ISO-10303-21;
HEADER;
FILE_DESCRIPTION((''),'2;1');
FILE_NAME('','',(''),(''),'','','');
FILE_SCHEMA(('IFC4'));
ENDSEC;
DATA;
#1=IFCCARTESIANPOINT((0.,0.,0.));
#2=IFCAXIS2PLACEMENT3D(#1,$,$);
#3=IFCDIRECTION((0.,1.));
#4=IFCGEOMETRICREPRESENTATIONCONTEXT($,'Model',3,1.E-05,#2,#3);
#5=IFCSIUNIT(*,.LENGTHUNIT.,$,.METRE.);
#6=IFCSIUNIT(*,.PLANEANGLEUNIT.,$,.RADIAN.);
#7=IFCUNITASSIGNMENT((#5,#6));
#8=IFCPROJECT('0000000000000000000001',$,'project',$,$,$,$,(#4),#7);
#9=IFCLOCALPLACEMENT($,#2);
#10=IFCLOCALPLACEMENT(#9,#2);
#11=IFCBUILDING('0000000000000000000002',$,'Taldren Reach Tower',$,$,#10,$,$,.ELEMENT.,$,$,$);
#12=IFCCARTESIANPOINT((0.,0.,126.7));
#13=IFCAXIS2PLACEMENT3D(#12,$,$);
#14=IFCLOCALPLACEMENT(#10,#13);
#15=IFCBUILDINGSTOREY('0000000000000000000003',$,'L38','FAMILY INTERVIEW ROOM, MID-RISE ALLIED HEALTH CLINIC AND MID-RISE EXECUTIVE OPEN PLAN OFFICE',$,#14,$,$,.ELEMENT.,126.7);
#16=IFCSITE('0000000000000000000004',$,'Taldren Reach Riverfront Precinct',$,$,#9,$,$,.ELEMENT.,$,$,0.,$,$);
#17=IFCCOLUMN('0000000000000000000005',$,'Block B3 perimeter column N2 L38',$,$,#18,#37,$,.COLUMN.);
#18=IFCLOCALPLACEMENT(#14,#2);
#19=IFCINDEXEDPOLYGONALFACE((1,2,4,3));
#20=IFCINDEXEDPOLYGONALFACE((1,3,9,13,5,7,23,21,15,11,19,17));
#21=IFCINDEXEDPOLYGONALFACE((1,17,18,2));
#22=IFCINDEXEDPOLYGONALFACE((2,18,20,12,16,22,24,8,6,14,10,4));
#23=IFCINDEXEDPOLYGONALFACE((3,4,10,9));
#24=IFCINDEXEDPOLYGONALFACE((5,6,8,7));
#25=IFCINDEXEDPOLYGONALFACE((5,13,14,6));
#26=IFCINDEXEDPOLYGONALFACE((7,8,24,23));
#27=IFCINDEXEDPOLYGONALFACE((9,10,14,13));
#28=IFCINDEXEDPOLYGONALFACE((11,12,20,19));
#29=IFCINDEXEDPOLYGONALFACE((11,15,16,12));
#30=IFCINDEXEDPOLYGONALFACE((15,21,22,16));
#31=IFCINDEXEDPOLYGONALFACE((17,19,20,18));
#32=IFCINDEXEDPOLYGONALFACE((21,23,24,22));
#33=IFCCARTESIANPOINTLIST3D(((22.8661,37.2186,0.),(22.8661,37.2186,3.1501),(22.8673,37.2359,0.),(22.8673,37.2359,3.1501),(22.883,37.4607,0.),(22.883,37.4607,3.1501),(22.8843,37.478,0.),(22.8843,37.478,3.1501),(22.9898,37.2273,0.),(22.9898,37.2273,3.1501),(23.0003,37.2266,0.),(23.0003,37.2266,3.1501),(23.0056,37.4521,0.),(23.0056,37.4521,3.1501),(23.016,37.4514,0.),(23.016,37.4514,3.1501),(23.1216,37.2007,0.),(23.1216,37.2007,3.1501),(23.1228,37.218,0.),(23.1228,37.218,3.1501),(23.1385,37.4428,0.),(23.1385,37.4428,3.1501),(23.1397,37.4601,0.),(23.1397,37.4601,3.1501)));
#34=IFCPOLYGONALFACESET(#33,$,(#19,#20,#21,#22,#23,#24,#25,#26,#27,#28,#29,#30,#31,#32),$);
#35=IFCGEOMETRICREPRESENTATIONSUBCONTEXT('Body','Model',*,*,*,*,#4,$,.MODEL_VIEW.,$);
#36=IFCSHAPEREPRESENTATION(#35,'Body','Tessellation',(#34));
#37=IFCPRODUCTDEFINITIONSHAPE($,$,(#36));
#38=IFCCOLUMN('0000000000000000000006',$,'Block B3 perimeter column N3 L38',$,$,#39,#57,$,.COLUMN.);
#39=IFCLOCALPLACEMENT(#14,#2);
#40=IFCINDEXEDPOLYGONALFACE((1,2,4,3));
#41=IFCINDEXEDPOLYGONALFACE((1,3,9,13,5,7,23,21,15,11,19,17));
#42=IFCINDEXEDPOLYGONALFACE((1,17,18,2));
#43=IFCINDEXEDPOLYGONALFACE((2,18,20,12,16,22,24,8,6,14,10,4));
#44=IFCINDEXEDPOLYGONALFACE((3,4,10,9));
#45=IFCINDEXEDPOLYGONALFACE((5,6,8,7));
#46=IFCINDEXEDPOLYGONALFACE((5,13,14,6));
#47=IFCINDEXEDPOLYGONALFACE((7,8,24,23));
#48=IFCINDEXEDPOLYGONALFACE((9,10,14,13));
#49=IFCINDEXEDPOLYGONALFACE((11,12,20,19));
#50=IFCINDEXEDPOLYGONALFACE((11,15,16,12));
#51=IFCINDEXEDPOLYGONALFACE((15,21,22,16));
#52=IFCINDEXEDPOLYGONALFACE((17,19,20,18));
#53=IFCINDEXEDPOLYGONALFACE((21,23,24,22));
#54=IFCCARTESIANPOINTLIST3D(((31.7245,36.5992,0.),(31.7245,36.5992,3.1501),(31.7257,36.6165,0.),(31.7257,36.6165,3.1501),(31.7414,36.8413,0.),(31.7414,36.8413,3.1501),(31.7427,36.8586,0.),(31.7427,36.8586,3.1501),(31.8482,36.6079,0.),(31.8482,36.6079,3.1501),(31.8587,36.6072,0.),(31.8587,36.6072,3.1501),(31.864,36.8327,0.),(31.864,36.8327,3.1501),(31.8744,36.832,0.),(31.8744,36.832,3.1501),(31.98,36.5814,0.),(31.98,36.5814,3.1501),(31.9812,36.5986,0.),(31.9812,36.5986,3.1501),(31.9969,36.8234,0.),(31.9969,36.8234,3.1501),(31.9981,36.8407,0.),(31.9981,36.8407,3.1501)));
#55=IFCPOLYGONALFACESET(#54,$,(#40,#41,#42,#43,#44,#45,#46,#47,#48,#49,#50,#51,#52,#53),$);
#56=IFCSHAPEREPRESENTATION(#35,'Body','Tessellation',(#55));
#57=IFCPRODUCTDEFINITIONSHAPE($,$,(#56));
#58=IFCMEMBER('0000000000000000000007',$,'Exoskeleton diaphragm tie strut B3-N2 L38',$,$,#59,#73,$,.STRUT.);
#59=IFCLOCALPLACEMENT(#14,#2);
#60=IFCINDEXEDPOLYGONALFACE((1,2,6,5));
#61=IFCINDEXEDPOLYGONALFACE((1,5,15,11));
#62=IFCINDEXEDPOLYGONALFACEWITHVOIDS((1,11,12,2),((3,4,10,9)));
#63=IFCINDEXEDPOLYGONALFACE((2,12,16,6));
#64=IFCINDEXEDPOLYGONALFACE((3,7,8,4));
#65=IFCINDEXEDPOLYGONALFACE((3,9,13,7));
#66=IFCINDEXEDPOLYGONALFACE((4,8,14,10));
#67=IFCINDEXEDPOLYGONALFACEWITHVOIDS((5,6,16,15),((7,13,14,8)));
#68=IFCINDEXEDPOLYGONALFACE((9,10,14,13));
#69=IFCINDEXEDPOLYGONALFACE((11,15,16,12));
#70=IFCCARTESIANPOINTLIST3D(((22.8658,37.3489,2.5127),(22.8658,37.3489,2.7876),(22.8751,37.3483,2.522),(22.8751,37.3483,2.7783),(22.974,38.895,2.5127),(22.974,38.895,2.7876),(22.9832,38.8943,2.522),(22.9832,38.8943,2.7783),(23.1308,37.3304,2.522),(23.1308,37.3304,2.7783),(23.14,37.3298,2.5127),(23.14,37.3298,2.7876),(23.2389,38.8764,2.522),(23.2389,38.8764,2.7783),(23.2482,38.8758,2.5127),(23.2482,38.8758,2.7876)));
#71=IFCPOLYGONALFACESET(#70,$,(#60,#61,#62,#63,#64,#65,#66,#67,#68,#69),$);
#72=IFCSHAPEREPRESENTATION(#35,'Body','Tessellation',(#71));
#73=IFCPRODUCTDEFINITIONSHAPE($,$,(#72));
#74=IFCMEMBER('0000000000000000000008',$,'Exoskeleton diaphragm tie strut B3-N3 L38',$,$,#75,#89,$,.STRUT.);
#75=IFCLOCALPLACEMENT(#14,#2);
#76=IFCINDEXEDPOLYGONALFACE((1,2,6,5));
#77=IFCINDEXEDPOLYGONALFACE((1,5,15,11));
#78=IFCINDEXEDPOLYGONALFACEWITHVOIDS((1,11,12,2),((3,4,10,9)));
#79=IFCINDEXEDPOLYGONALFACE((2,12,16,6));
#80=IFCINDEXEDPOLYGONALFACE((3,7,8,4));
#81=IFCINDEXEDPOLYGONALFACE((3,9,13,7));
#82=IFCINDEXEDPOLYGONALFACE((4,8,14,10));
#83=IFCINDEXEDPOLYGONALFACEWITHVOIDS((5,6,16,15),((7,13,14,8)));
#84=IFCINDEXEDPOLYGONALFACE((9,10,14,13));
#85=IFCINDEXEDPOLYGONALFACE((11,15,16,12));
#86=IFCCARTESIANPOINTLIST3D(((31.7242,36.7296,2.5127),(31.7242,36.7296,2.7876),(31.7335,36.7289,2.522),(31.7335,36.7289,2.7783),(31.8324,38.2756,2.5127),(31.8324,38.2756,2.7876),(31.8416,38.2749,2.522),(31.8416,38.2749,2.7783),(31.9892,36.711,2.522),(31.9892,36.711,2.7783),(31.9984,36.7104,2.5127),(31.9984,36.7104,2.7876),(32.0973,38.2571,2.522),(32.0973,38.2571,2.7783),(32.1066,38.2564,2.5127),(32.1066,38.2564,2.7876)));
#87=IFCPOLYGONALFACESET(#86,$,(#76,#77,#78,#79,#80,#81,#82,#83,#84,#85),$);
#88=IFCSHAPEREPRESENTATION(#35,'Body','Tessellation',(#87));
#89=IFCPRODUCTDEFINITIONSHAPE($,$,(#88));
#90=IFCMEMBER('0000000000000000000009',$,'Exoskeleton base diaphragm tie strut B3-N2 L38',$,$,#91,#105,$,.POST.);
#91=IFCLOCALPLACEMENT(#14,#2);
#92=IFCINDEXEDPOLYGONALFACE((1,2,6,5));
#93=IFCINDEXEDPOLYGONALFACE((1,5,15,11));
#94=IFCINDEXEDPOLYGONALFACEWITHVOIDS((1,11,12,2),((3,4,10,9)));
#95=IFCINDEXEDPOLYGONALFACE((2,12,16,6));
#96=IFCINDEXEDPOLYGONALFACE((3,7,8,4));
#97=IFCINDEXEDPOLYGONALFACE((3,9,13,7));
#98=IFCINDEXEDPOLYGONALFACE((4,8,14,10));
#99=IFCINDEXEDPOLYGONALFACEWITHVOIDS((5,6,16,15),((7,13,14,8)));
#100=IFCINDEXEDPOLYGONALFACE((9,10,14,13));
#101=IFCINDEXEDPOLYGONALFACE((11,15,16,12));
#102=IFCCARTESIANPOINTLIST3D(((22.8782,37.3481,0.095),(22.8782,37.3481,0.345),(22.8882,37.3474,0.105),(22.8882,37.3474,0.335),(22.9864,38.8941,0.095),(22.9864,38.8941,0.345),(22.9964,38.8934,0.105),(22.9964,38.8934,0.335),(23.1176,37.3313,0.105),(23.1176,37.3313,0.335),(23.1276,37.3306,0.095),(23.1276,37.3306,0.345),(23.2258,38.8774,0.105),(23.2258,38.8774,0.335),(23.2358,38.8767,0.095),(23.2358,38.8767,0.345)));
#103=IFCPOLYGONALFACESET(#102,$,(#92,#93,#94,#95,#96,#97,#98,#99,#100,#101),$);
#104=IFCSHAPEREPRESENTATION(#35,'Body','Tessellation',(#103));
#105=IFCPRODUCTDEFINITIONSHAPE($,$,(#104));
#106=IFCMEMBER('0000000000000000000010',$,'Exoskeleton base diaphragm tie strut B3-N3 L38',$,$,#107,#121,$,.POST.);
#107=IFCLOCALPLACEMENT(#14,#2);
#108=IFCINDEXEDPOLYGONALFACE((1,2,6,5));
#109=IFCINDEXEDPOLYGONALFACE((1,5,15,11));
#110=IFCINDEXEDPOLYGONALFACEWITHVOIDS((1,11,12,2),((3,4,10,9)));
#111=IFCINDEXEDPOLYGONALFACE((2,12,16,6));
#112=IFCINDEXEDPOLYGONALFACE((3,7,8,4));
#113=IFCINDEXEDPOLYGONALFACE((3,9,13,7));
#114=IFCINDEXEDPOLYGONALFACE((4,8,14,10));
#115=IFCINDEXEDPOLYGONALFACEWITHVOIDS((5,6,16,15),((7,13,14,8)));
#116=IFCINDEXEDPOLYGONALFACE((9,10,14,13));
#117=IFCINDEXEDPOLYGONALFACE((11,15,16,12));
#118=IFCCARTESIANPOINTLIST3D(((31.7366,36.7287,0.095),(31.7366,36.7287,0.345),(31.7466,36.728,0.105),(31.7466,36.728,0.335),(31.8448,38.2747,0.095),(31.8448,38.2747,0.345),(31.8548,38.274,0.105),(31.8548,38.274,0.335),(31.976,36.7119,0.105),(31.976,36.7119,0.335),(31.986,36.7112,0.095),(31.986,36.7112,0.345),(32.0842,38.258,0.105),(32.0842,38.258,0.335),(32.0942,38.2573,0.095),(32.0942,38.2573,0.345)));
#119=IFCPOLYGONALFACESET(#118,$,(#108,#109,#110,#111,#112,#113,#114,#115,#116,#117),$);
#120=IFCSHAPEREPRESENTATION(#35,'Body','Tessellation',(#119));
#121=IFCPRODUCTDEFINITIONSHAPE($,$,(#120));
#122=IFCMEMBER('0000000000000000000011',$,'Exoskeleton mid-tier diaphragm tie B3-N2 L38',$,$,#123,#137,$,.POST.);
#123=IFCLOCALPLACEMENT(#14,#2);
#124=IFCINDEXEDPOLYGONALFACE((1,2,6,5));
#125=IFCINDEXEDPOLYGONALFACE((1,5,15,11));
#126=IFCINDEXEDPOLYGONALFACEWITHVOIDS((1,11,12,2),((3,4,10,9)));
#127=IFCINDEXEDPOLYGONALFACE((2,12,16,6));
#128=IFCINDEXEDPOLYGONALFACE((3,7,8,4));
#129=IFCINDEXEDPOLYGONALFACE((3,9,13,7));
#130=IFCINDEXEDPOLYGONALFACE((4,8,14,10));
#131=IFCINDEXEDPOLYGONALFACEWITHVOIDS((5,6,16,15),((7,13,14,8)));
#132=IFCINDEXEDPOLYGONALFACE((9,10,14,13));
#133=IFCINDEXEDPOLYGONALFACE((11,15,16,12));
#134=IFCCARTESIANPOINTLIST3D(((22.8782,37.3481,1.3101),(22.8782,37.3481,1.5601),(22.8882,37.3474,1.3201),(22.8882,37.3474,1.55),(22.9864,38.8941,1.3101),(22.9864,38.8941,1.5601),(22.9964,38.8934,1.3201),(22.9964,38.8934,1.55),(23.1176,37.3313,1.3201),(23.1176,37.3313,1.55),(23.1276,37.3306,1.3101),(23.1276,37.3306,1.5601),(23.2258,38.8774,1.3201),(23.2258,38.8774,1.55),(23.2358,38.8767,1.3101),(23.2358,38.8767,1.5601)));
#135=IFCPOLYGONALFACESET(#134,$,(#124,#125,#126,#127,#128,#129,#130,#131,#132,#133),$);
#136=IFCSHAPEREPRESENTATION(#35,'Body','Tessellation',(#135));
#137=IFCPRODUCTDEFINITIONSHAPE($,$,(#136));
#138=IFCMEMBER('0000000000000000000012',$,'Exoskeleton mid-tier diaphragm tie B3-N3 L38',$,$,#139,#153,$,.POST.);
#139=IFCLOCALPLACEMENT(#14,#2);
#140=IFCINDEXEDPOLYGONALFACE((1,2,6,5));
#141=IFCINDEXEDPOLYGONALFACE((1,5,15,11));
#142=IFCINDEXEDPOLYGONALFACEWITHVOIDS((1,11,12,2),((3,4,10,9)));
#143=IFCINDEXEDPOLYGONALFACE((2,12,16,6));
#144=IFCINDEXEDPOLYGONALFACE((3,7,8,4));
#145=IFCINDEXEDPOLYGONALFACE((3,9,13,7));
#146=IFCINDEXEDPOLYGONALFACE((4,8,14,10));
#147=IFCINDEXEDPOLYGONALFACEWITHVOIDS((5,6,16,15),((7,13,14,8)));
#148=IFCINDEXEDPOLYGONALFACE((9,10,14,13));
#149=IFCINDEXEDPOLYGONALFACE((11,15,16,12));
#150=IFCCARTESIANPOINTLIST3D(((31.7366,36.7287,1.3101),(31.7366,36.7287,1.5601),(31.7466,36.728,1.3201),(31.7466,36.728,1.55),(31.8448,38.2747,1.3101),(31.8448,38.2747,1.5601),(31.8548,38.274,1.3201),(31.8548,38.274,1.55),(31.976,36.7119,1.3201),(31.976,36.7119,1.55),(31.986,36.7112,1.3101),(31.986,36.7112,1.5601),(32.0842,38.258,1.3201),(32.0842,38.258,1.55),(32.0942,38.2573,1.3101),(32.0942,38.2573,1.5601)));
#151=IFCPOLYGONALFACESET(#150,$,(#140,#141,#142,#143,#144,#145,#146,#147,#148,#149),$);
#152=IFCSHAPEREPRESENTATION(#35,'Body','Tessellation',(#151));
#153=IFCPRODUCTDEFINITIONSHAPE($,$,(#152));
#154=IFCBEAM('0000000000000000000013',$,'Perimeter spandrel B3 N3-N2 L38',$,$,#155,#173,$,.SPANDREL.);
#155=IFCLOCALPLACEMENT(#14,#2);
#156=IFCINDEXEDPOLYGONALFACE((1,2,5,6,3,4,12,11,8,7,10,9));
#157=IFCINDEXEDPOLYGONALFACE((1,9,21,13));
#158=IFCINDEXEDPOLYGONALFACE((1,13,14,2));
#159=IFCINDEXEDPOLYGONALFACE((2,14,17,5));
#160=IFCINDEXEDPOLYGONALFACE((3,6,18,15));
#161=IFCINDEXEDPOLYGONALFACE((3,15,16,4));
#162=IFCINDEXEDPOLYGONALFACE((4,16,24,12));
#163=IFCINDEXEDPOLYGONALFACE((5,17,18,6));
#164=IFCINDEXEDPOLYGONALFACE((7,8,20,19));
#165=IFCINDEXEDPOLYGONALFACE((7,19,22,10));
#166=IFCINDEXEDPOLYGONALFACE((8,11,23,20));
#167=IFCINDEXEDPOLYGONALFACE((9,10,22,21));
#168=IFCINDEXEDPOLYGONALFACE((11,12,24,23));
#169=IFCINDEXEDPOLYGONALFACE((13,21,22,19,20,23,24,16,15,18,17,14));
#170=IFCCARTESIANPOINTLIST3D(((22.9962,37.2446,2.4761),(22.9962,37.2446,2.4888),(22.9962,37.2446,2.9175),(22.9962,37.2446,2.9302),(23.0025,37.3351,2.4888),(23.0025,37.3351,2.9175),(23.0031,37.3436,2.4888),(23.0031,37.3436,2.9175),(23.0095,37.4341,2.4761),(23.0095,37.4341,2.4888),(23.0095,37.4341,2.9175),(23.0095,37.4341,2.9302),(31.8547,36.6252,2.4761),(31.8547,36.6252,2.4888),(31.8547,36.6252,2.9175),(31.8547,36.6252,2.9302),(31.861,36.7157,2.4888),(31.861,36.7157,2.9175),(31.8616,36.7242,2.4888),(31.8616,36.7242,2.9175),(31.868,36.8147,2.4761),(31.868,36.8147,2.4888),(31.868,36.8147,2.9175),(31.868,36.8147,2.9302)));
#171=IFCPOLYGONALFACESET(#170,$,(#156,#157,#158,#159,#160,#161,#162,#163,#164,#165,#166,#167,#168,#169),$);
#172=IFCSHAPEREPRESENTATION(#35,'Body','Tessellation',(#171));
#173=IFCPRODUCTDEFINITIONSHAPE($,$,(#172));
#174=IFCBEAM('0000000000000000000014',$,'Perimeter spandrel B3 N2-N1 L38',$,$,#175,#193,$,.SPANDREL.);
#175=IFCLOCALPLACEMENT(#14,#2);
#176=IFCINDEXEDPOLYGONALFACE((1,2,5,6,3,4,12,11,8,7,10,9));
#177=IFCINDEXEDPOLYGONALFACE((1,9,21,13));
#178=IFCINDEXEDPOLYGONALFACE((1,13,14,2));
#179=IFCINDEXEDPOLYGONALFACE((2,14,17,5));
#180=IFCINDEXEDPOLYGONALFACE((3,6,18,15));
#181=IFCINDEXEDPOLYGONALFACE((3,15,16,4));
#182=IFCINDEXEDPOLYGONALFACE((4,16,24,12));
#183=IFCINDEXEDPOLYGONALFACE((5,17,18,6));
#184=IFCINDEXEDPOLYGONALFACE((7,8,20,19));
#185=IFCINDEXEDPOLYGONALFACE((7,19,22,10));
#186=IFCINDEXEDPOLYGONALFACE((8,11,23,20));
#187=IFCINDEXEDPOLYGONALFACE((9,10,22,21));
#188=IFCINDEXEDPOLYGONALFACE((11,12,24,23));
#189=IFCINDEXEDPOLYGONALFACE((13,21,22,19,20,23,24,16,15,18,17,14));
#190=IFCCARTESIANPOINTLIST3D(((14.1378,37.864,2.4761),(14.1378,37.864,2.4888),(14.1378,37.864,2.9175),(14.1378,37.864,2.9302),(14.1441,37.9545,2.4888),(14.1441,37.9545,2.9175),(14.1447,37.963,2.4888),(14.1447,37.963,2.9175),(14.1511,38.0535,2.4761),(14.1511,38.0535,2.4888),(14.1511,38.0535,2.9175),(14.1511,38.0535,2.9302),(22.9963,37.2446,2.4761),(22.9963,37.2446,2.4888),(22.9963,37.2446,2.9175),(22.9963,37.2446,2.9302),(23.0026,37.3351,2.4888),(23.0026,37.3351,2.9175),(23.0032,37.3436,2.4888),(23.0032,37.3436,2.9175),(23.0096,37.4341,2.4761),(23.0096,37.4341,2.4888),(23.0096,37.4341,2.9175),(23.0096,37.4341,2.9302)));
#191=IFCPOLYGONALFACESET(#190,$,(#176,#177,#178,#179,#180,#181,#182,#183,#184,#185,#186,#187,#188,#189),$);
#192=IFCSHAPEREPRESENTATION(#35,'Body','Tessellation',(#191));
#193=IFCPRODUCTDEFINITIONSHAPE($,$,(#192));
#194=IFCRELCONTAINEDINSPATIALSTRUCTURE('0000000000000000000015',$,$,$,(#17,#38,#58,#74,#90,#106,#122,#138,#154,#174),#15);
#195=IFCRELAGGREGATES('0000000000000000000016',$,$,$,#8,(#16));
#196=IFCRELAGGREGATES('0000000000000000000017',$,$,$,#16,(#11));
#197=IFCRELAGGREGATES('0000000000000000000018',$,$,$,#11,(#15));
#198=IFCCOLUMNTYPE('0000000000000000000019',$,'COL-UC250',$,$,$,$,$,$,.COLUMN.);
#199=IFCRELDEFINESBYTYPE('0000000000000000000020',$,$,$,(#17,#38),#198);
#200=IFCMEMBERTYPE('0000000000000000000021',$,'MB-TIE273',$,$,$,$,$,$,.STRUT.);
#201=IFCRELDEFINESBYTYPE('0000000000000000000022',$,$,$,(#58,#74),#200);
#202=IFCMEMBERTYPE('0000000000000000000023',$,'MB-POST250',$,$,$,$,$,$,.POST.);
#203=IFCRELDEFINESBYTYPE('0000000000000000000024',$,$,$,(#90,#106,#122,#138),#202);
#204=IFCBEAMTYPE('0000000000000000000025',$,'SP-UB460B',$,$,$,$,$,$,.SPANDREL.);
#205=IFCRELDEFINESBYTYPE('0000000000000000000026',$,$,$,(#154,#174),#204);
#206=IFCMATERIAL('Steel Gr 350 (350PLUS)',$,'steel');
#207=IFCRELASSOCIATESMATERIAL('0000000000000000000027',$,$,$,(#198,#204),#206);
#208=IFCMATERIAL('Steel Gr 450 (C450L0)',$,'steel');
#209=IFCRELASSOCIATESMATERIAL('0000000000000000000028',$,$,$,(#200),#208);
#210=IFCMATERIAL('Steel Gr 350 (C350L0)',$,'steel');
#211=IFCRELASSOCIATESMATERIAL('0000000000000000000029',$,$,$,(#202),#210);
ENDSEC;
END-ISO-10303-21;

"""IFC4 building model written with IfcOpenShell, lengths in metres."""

from ifc_helpers import new_model, si_unit, direction, frame, origin, origin_2d, place, context, subcontext, project, spatial, hollow_rectangle, i_section, extrude, source, transform, mapped, material, material_profile, profile_set, type_object, element, save


model = new_model("IFC4")

# Units and contexts
model_context = context("Model", 3, precision=1e-05, world=origin(), true_north=direction((0.0, 1.0)))
body_context = subcontext(model_context, "Body", "Model", "MODEL_VIEW")
ifc_project = project(units=[si_unit("LENGTHUNIT", "METRE"), si_unit("PLANEANGLEUNIT", "RADIAN")], contexts=[model_context])

# Site, building, storey
site_placement = place(None, origin())
site = spatial("IfcSite", under=ifc_project, at=site_placement, Name="Taldren Reach Riverfront Precinct", CompositionType="ELEMENT", RefElevation=0.0)
building_placement = place(site_placement, origin())
building = spatial("IfcBuilding", under=site, at=building_placement, Name="Taldren Reach Tower", CompositionType="ELEMENT")
storey_placement = place(building_placement, frame((0.0, 0.0, 126.7)))
storey = spatial("IfcBuildingStorey", under=building, at=storey_placement, Name="L38", Description="FAMILY INTERVIEW ROOM, MID-RISE ALLIED HEALTH CLINIC AND MID-RISE EXECUTIVE OPEN PLAN OFFICE", CompositionType="ELEMENT", Elevation=126.7)

# Columns
ifc_material_1 = material(Name="Steel Gr 350 (350PLUS)", Category="steel")
ifc_material_profile_1 = material_profile(ifc_material_1, i_section(OverallWidth=0.2561, OverallDepth=0.26, WebThickness=0.0105, FlangeThickness=0.0173, at=origin_2d()), Name="250UC89.5")
ifc_profile_set_1 = profile_set([ifc_material_profile_1], Name="Steel Gr 350 (350PLUS)")
column_type = type_object("IfcColumnType", Name="COL-UC250", PredefinedType="COLUMN", material=ifc_profile_set_1)
shared_shape_1 = source(origin(), body_context, "Body", "SweptSolid", [
    extrude(i_section(OverallWidth=0.2561, OverallDepth=0.26, WebThickness=0.0105, FlangeThickness=0.0173, at=origin_2d()), origin(), (0.0, 0.0, 1.0), 3.1501),
])
for number, where, z_axis, x_axis, name in (
    (1, (23.0029, 37.3394, 0.0), (0.0, 0.0, 1.0), (0.997564, -0.069756, 0.0), "Block B3 perimeter column N2 L38"),
    (2, (31.8613, 36.72, 0.0), (0.0, 0.0, 1.0), (0.997564, -0.069756, 0.0), "Block B3 perimeter column N3 L38"),
):
    element("IfcColumn", number, at=place(storey_placement, frame(where, z_axis=z_axis, x_axis=x_axis)), inside=storey, type_object=column_type, Name=name, PredefinedType="COLUMN", context=body_context, shape_type="MappedRepresentation", body=[
        mapped(shared_shape_1, transform((0.0, 0.0, 0.0), scale=1.0)),
    ])

# Members
ifc_material_2 = material(Name="Steel Gr 450 (C450L0)", Category="steel")
ifc_material_profile_2 = material_profile(ifc_material_2, hollow_rectangle(XDim=0.2749, YDim=0.2749, WallThickness=0.0093, at=origin_2d()), Name="275x275x9.3SHS")
ifc_profile_set_2 = profile_set([ifc_material_profile_2], Name="Steel Gr 450 (C450L0)")
member_type_1 = type_object("IfcMemberType", Name="MB-TIE273", PredefinedType="STRUT", material=ifc_profile_set_2)
shared_shape_2 = source(origin(), body_context, "Body", "SweptSolid", [
    extrude(hollow_rectangle(XDim=0.2749, YDim=0.2749, WallThickness=0.0093, at=origin_2d()), origin(), (0.0, 0.0, 1.0), 1.5498),
])
for number, where, z_axis, x_axis, name in (
    (3, (23.0029, 37.3394, 2.6501), (0.069781, 0.997562, 0.0), (-0.997562, 0.069781, 0.0), "Exoskeleton diaphragm tie strut B3-N2 L38"),
    (4, (31.8613, 36.72, 2.6501), (0.069781, 0.997562, 0.0), (-0.997562, 0.069781, 0.0), "Exoskeleton diaphragm tie strut B3-N3 L38"),
):
    element("IfcMember", number, at=place(storey_placement, frame(where, z_axis=z_axis, x_axis=x_axis)), inside=storey, type_object=member_type_1, Name=name, PredefinedType="STRUT", context=body_context, shape_type="MappedRepresentation", body=[
        mapped(shared_shape_2, transform((0.0, 0.0, 0.0), scale=1.0)),
    ])
ifc_material_3 = material(Name="Steel Gr 350 (C350L0)", Category="steel")
ifc_material_profile_3 = material_profile(ifc_material_3, hollow_rectangle(XDim=0.25, YDim=0.25, WallThickness=0.01, at=origin_2d()), Name="250x250x10.0SHS")
ifc_profile_set_3 = profile_set([ifc_material_profile_3], Name="Steel Gr 350 (C350L0)")
member_type_2 = type_object("IfcMemberType", Name="MB-POST250", PredefinedType="POST", material=ifc_profile_set_3)
shared_shape_3 = source(origin(), body_context, "Body", "SweptSolid", [
    extrude(hollow_rectangle(XDim=0.25, YDim=0.25, WallThickness=0.01, at=origin_2d()), origin(), (0.0, 0.0, 1.0), 1.5498),
])
for number, where, z_axis, x_axis, name in (
    (5, (23.0029, 37.3394, 0.22), (0.069781, 0.997562, 0.0), (-0.997562, 0.069781, 0.0), "Exoskeleton base diaphragm tie strut B3-N2 L38"),
    (6, (31.8613, 36.72, 0.22), (0.069781, 0.997562, 0.0), (-0.997562, 0.069781, 0.0), "Exoskeleton base diaphragm tie strut B3-N3 L38"),
    (7, (23.0029, 37.3394, 1.4351), (0.069781, 0.997562, 0.0), (-0.997562, 0.069781, 0.0), "Exoskeleton mid-tier diaphragm tie B3-N2 L38"),
    (8, (31.8613, 36.72, 1.4351), (0.069781, 0.997562, 0.0), (-0.997562, 0.069781, 0.0), "Exoskeleton mid-tier diaphragm tie B3-N3 L38"),
):
    element("IfcMember", number, at=place(storey_placement, frame(where, z_axis=z_axis, x_axis=x_axis)), inside=storey, type_object=member_type_2, Name=name, PredefinedType="POST", context=body_context, shape_type="MappedRepresentation", body=[
        mapped(shared_shape_3, transform((0.0, 0.0, 0.0), scale=1.0)),
    ])

# Beams
ifc_material_profile_4 = material_profile(ifc_material_1, i_section(OverallWidth=0.1899, OverallDepth=0.4541, WebThickness=0.0085, FlangeThickness=0.0127, at=origin_2d()), Name="460UB67.1")
ifc_profile_set_4 = profile_set([ifc_material_profile_4], Name="Steel Gr 350 (350PLUS)")
beam_type = type_object("IfcBeamType", Name="SP-UB460B", PredefinedType="SPANDREL", material=ifc_profile_set_4)
shared_shape_4 = source(origin(), body_context, "Body", "SweptSolid", [
    extrude(i_section(OverallWidth=0.1899, OverallDepth=0.4541, WebThickness=0.0085, FlangeThickness=0.0127, at=origin_2d()), origin(), (0.0, 0.0, 1.0), 8.8801),
])
for number, where, z_axis, x_axis, name in (
    (9, (31.8613, 36.72, 2.7031), (-0.997564, 0.06975, 0.0), (-0.06975, -0.997564, 0.0), "Perimeter spandrel B3 N3-N2 L38"),
    (10, (23.0029, 37.3394, 2.7031), (-0.997564, 0.06975, 0.0), (-0.06975, -0.997564, 0.0), "Perimeter spandrel B3 N2-N1 L38"),
):
    element("IfcBeam", number, at=place(storey_placement, frame(where, z_axis=z_axis, x_axis=x_axis)), inside=storey, type_object=beam_type, Name=name, PredefinedType="SPANDREL", context=body_context, shape_type="MappedRepresentation", body=[
        mapped(shared_shape_4, transform((0.0, 0.0, 0.0), scale=1.0)),
    ])

save(model, "model.ifc")
